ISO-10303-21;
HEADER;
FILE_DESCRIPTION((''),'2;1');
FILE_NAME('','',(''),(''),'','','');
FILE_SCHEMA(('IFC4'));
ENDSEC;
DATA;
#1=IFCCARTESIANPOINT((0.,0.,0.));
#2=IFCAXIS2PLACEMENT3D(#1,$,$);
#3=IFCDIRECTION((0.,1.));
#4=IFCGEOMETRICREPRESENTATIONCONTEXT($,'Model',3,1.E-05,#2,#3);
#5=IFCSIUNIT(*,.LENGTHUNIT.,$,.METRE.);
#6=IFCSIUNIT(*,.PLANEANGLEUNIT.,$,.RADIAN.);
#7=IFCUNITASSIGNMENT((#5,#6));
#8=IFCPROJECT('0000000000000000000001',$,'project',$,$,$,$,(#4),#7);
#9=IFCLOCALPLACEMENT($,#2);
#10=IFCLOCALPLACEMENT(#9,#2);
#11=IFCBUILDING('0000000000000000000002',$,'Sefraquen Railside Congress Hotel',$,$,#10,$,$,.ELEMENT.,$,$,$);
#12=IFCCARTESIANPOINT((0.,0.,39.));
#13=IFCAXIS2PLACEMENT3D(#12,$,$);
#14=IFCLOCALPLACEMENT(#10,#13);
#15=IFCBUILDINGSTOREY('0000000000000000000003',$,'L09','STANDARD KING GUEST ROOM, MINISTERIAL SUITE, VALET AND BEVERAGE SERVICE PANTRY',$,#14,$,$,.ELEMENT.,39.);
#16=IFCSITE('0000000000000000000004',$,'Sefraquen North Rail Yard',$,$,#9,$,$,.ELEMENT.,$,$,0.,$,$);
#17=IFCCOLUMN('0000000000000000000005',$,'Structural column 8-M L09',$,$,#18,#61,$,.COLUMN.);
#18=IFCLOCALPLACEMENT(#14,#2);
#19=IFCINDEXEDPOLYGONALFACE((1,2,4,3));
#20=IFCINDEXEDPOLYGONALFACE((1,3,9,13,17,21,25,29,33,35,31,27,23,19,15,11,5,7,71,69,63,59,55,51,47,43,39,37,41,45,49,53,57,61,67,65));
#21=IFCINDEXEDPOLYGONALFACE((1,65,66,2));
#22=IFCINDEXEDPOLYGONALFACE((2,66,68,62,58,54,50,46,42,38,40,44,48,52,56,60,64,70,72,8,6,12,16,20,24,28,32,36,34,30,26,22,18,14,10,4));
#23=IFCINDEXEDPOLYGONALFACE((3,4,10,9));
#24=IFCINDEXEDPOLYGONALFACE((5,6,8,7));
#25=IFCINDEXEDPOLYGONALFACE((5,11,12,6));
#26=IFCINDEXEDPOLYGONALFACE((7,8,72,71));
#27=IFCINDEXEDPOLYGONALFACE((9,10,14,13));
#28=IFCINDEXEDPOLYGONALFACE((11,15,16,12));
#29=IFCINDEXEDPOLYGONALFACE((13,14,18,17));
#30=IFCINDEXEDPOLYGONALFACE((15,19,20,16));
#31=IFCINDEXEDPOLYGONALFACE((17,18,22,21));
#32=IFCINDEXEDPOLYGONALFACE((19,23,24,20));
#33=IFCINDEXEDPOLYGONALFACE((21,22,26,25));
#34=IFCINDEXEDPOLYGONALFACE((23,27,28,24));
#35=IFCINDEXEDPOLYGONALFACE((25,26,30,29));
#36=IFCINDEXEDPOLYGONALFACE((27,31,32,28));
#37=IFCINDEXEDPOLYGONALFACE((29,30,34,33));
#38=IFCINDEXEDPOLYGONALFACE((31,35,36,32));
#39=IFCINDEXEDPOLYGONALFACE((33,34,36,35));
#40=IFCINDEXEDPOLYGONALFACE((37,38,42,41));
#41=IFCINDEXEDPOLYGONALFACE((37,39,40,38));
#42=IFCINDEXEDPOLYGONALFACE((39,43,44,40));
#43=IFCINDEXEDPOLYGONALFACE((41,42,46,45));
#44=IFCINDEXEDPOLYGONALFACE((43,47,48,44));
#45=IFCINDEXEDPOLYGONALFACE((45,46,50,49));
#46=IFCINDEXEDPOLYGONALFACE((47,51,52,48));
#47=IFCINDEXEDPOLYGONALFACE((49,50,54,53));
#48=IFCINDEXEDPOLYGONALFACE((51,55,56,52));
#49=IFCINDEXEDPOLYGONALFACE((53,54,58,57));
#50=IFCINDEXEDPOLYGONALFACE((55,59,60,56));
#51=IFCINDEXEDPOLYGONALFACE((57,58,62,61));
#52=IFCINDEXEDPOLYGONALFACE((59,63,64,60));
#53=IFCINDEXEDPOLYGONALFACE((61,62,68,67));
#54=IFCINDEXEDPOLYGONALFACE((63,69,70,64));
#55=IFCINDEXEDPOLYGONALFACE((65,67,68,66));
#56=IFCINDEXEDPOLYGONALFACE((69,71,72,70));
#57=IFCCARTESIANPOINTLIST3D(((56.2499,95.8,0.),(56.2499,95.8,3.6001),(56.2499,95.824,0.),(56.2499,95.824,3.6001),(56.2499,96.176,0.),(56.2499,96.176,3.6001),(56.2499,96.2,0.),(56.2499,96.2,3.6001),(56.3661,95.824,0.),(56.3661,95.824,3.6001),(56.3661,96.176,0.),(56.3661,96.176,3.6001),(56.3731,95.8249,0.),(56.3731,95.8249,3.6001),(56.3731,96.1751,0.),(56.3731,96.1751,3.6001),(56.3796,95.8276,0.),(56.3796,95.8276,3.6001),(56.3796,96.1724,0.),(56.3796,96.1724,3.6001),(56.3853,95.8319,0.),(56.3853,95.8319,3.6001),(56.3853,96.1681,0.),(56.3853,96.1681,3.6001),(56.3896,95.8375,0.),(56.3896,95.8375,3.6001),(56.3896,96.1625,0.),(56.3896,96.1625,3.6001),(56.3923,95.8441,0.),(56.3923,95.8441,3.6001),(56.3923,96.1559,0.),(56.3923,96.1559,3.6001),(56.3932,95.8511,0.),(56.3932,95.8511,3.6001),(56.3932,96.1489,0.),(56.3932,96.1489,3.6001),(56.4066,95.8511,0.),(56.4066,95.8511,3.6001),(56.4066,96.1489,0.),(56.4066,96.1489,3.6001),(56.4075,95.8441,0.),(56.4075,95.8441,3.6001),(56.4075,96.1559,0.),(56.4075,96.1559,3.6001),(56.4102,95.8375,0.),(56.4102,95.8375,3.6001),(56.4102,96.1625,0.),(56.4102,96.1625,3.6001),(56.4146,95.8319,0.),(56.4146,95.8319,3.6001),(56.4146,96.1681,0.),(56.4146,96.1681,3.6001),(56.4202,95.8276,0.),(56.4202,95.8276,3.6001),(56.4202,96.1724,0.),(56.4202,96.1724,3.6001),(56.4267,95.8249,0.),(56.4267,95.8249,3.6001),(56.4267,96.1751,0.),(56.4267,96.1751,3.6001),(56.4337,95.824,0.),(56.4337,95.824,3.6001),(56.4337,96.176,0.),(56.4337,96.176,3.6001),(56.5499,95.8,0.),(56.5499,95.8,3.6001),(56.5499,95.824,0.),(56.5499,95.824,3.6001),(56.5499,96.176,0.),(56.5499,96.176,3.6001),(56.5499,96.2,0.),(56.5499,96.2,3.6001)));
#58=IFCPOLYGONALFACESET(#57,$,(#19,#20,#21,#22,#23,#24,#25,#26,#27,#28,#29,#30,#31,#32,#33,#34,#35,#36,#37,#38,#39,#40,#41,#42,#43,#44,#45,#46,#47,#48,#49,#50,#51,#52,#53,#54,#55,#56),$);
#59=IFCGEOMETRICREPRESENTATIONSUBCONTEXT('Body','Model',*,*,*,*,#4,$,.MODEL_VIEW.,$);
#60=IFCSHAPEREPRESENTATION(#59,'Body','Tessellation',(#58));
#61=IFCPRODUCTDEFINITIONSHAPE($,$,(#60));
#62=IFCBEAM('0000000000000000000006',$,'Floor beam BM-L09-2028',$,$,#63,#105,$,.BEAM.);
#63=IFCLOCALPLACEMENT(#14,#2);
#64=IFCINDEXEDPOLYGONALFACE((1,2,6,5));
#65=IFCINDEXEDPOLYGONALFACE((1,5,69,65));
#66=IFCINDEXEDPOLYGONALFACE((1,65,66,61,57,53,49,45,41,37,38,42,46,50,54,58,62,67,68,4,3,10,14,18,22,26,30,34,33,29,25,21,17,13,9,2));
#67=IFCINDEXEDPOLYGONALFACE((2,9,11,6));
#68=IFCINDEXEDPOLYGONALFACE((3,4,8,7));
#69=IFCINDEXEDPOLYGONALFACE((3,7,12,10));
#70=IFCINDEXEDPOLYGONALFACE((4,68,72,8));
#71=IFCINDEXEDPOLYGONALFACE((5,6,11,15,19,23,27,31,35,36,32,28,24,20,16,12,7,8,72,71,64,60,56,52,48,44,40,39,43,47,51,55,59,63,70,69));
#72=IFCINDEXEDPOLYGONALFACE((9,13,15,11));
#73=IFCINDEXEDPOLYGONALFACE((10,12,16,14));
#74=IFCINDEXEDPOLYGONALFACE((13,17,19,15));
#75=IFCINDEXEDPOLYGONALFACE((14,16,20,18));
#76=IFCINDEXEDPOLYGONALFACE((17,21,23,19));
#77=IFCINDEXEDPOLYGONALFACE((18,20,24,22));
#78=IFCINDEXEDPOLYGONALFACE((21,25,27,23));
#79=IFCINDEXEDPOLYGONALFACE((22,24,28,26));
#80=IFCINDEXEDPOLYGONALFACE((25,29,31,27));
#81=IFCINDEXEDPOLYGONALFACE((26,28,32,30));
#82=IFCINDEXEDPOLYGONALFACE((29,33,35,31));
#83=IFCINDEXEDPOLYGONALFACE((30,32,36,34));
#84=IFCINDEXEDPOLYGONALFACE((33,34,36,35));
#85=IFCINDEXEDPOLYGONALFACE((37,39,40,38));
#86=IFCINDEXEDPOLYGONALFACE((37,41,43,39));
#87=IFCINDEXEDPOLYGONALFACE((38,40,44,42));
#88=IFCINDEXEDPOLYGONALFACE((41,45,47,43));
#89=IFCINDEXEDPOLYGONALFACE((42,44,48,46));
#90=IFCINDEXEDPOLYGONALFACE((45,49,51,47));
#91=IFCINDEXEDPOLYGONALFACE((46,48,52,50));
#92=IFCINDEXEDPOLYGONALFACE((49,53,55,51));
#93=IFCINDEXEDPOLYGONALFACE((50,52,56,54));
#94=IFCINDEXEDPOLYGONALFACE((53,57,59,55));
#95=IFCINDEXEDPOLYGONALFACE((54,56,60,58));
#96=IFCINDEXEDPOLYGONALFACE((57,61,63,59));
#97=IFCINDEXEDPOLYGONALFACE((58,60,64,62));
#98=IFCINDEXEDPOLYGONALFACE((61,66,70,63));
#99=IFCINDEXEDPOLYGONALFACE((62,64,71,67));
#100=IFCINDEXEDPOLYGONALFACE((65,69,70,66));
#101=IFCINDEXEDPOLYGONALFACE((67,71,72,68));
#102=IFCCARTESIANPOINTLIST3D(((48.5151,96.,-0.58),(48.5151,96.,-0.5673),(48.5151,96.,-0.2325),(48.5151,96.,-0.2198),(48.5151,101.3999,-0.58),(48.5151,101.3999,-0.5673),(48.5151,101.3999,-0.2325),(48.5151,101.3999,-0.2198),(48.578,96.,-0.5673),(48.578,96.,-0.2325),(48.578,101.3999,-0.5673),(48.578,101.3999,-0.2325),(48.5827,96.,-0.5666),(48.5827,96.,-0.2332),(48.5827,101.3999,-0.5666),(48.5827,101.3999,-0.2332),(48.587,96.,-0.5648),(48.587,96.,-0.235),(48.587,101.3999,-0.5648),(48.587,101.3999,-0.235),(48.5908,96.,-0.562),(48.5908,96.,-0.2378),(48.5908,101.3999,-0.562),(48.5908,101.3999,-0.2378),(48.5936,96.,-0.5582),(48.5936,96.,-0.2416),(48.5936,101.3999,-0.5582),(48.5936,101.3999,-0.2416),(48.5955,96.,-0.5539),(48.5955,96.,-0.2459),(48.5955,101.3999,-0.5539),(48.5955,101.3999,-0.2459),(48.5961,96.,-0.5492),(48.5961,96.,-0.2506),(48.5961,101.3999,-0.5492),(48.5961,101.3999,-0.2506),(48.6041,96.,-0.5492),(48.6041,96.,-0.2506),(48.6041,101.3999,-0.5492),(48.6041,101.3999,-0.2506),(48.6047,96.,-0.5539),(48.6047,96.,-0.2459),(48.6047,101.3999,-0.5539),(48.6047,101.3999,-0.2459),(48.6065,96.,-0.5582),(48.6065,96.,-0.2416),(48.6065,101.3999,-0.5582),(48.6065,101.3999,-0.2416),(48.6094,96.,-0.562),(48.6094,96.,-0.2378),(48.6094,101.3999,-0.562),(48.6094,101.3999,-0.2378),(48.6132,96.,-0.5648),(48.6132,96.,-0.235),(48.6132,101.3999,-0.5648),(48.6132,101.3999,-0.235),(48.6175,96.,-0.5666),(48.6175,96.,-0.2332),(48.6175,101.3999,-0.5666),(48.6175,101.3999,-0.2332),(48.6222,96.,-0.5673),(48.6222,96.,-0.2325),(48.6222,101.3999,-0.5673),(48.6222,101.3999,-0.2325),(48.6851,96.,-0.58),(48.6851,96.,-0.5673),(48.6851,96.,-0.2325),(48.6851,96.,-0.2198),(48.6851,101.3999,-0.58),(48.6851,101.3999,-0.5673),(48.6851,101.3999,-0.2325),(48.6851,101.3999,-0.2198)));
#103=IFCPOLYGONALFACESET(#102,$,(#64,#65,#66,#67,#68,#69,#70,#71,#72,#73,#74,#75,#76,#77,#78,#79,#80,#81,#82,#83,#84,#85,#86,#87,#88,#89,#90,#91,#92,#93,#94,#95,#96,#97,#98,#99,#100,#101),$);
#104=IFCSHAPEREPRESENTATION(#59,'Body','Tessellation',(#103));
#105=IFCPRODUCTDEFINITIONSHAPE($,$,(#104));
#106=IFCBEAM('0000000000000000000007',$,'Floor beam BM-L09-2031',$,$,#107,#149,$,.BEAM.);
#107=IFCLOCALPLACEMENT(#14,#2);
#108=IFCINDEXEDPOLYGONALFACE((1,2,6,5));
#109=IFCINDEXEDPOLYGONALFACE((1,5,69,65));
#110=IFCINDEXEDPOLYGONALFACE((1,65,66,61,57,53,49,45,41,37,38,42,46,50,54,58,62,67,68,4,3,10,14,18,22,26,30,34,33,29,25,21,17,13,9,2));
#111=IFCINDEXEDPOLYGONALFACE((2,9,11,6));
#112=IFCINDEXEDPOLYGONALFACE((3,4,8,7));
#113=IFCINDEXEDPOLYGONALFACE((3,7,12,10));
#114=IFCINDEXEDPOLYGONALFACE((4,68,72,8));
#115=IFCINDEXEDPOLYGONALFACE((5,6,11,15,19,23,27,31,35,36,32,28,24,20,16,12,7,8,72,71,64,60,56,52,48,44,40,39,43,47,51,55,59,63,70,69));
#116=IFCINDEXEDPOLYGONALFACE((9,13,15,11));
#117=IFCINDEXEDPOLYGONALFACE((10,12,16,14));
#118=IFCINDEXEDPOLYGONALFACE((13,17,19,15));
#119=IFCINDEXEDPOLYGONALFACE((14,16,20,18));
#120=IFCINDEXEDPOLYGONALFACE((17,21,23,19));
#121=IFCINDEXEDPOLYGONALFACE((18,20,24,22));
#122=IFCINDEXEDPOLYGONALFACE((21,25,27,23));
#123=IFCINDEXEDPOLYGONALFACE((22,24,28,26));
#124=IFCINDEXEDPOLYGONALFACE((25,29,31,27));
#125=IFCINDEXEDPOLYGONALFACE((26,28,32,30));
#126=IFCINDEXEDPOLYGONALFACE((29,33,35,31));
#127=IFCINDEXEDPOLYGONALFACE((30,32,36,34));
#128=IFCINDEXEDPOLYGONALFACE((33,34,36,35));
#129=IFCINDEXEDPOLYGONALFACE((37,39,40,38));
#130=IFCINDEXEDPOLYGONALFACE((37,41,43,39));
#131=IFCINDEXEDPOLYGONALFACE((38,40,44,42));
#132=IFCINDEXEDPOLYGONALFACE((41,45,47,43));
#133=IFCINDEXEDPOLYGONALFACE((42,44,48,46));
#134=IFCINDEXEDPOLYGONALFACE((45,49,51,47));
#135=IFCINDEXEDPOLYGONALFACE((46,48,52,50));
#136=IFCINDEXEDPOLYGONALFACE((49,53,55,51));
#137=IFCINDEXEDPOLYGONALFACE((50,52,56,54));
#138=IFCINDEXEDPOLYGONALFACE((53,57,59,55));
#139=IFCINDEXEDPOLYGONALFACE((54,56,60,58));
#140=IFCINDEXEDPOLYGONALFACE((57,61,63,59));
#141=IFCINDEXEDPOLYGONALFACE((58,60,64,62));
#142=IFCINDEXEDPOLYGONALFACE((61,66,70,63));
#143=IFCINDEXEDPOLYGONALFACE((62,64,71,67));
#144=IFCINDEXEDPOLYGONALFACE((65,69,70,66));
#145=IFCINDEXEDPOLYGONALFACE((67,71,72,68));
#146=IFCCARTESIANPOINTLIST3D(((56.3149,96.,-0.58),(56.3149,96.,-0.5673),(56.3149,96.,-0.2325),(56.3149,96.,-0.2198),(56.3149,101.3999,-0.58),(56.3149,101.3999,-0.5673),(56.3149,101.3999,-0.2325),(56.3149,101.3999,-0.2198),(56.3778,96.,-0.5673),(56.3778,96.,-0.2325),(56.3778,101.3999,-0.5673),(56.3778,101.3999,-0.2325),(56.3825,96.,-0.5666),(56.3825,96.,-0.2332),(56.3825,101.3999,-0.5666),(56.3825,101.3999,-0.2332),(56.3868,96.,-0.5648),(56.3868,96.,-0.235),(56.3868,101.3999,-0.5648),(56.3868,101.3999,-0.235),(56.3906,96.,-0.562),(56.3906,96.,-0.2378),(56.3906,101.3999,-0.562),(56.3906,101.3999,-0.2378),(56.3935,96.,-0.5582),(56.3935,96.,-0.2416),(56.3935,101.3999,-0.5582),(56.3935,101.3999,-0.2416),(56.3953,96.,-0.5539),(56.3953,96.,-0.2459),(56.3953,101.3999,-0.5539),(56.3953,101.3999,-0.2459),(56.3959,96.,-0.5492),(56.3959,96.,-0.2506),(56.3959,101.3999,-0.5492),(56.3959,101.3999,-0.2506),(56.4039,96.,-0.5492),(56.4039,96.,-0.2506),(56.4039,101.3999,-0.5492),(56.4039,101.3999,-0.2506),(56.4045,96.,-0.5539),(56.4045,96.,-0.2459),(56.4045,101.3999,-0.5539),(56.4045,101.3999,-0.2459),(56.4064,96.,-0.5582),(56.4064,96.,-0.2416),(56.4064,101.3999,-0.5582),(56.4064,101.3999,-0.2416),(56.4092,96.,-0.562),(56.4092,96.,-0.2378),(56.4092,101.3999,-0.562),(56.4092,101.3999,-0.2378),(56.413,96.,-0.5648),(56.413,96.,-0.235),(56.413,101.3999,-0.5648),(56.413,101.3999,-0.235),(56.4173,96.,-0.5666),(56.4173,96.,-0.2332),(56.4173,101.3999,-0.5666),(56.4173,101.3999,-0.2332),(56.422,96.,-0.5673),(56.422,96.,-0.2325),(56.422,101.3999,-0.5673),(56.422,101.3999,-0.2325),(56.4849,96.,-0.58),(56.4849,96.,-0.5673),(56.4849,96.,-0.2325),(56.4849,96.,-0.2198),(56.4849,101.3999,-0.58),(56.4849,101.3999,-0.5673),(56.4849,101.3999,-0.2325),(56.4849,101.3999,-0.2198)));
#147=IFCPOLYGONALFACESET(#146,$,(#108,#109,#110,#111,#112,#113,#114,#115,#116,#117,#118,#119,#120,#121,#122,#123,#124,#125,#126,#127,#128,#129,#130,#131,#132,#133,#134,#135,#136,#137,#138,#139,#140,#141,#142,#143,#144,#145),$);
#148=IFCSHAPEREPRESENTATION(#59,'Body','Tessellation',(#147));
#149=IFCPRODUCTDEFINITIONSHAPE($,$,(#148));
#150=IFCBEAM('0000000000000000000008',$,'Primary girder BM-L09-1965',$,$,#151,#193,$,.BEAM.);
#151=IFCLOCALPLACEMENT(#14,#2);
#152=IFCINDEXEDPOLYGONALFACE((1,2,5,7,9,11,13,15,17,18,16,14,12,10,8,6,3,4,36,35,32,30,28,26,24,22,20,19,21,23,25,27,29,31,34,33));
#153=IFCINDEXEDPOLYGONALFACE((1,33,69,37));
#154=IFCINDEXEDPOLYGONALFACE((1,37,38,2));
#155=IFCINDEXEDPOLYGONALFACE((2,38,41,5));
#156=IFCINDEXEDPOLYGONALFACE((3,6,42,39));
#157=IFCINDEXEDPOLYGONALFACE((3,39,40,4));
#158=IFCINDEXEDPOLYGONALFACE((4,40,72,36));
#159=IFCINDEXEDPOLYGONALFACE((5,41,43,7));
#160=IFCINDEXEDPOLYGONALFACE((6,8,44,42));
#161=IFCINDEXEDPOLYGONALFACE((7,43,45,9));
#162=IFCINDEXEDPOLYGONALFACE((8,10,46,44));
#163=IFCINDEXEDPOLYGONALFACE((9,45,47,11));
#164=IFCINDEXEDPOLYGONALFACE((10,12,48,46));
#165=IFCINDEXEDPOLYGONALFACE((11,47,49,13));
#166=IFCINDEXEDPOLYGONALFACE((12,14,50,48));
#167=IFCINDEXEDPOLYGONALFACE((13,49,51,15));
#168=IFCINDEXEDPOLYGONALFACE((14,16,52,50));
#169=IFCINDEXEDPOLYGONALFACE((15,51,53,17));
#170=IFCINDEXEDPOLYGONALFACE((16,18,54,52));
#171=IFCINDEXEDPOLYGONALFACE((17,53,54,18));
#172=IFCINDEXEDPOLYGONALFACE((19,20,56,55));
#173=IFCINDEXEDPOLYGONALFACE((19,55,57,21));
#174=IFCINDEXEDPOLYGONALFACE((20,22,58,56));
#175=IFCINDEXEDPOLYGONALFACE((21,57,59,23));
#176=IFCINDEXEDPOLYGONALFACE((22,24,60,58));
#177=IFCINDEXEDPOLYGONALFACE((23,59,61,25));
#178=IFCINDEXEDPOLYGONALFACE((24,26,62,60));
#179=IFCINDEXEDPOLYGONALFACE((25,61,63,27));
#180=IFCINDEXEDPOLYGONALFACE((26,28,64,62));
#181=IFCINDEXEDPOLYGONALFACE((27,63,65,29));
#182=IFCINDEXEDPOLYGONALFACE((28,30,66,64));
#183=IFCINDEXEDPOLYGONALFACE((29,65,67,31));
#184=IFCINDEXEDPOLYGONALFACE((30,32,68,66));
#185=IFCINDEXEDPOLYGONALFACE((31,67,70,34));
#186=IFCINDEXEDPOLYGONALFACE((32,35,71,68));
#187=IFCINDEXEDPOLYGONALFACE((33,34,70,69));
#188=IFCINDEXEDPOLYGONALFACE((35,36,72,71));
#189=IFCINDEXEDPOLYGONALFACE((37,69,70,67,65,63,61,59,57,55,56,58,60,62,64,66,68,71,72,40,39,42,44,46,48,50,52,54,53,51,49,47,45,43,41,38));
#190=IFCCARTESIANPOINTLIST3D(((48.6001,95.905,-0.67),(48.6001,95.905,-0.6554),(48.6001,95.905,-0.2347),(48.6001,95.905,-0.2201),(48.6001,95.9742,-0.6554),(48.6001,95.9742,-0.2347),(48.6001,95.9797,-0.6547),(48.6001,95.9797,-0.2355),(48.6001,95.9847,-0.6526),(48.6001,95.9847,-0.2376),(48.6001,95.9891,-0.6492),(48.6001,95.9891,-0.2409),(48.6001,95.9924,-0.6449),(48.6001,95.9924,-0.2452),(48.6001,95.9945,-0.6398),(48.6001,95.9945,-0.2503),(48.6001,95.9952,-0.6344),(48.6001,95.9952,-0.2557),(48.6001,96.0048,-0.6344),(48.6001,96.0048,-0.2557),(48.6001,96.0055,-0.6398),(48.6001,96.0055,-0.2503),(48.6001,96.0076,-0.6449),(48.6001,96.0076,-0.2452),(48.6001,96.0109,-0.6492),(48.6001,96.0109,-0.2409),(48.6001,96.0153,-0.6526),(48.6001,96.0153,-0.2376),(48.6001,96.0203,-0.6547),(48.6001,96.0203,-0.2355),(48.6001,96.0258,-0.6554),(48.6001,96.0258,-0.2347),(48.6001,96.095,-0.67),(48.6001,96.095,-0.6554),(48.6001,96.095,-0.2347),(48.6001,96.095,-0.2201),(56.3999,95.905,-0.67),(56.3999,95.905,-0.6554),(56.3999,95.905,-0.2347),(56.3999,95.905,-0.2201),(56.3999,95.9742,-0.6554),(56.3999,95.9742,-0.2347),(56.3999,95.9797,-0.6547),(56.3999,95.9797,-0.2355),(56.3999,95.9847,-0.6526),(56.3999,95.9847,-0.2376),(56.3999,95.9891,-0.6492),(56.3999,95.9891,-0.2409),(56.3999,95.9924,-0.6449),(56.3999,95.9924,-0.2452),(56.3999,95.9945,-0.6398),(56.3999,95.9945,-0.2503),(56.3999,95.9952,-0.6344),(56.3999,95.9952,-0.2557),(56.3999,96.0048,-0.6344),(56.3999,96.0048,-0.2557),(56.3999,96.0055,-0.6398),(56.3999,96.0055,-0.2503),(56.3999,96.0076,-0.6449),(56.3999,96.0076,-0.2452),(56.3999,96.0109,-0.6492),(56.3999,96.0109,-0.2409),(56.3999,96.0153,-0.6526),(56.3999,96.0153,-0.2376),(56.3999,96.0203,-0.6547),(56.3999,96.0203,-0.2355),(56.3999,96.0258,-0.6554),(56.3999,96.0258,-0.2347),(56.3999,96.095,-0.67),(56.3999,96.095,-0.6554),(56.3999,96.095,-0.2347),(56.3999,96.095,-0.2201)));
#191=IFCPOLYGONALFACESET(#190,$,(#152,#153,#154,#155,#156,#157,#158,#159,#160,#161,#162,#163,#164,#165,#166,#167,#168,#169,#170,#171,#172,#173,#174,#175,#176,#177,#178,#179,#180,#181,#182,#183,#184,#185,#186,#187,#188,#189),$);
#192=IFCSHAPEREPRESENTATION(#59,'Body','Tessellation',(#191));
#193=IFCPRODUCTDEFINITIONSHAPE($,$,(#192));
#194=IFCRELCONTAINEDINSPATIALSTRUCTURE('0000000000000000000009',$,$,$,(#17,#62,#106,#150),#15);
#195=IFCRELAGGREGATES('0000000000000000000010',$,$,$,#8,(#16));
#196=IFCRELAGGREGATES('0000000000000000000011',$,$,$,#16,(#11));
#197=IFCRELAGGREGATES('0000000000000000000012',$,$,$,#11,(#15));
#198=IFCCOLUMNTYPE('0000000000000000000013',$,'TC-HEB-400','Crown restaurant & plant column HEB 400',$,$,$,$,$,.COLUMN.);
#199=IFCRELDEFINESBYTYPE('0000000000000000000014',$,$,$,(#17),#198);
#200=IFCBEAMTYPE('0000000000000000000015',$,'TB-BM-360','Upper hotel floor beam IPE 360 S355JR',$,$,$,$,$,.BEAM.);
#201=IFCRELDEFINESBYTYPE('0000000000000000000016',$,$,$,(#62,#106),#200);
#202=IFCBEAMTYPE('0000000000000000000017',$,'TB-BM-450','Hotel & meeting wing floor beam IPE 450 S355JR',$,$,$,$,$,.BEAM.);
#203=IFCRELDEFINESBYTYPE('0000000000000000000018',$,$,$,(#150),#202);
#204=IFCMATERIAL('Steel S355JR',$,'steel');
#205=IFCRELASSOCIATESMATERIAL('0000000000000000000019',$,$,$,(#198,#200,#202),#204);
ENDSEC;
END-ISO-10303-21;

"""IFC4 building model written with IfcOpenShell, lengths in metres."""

from ifc_helpers import new_model, si_unit, direction, frame, origin, origin_2d, place, context, subcontext, project, spatial, i_section, extrude, material, material_profile, profile_set, type_object, element, save


model = new_model("IFC4")

# Units and contexts
model_context = context("Model", 3, precision=1e-05, world=origin(), true_north=direction((0.0, 1.0)))
body_context = subcontext(model_context, "Body", "Model", "MODEL_VIEW")
ifc_project = project(units=[si_unit("LENGTHUNIT", "METRE"), si_unit("PLANEANGLEUNIT", "RADIAN")], contexts=[model_context])

# Site, building, storey
site_placement = place(None, origin())
site = spatial("IfcSite", under=ifc_project, at=site_placement, Name="Sefraquen North Rail Yard", CompositionType="ELEMENT", RefElevation=0.0)
building_placement = place(site_placement, origin())
building = spatial("IfcBuilding", under=site, at=building_placement, Name="Sefraquen Railside Congress Hotel", CompositionType="ELEMENT")
storey_placement = place(building_placement, frame((0.0, 0.0, 39.0)))
storey = spatial("IfcBuildingStorey", under=building, at=storey_placement, Name="L09", Description="STANDARD KING GUEST ROOM, MINISTERIAL SUITE, VALET AND BEVERAGE SERVICE PANTRY", CompositionType="ELEMENT", Elevation=39.0)

# Column
ifc_material_1 = material(Name="Steel S355JR", Category="steel")
ifc_material_profile_1 = material_profile(ifc_material_1, i_section(OverallWidth=0.3, OverallDepth=0.3999, WebThickness=0.0134, FlangeThickness=0.0239, FilletRadius=0.0271, at=origin_2d()), Name="HEB 400")
ifc_profile_set_1 = profile_set([ifc_material_profile_1], Name="Steel S355JR")
column_type_1 = type_object("IfcColumnType", Name="TC-HEB-400", Description="Crown restaurant & plant column HEB 400", PredefinedType="COLUMN", material=ifc_profile_set_1)
for number, where, z_axis, x_axis, name in (
    (1, (56.3999, 96.0, 0.0), (0.0, 0.0, 1.0), (1.0, 0.0, 0.0), "Structural column 8-M L09"),
):
    element("IfcColumn", number, at=place(storey_placement, frame(where, z_axis=z_axis, x_axis=x_axis)), inside=storey, type_object=column_type_1, Name=name, PredefinedType="COLUMN", context=body_context, shape_type="SweptSolid", body=[
        extrude(i_section(OverallWidth=0.3, OverallDepth=0.3999, WebThickness=0.0134, FlangeThickness=0.0239, FilletRadius=0.0271, at=origin_2d()), origin(), (0.0, 0.0, 1.0), 3.6001),
    ])

# Beams
ifc_material_profile_2 = material_profile(ifc_material_1, i_section(OverallWidth=0.1699, OverallDepth=0.3601, WebThickness=0.0081, FlangeThickness=0.0127, FilletRadius=0.0181, at=origin_2d()), Name="IPE 360")
ifc_profile_set_2 = profile_set([ifc_material_profile_2], Name="Steel S355JR")
beam_type_1 = type_object("IfcBeamType", Name="TB-BM-360", Description="Upper hotel floor beam IPE 360 S355JR", PredefinedType="BEAM", material=ifc_profile_set_2)
for number, where, z_axis, x_axis, name in (
    (2, (48.6001, 96.0, -0.3999), (0.0, 1.0, 0.0), (-1.0, 0.0, 0.0), "Floor beam BM-L09-2028"),
    (3, (56.3999, 96.0, -0.3999), (0.0, 1.0, 0.0), (-1.0, 0.0, 0.0), "Floor beam BM-L09-2031"),
):
    element("IfcBeam", number, at=place(storey_placement, frame(where, z_axis=z_axis, x_axis=x_axis)), inside=storey, type_object=beam_type_1, Name=name, PredefinedType="BEAM", context=body_context, shape_type="SweptSolid", body=[
        extrude(i_section(OverallWidth=0.1699, OverallDepth=0.3601, WebThickness=0.0081, FlangeThickness=0.0127, FilletRadius=0.0181, at=origin_2d()), origin(), (0.0, 0.0, 1.0), 5.3999),
    ])
ifc_material_profile_3 = material_profile(ifc_material_1, i_section(OverallWidth=0.1899, OverallDepth=0.45, WebThickness=0.0095, FlangeThickness=0.0146, FilletRadius=0.021, at=origin_2d()), Name="IPE 450")
ifc_profile_set_3 = profile_set([ifc_material_profile_3], Name="Steel S355JR")
beam_type_2 = type_object("IfcBeamType", Name="TB-BM-450", Description="Hotel & meeting wing floor beam IPE 450 S355JR", PredefinedType="BEAM", material=ifc_profile_set_3)
beam_1_placement = place(storey_placement, frame((48.6001, 96.0, -0.4451), z_axis=(1.0, 0.0, 0.0), x_axis=(0.0, 1.0, 0.0)))
element("IfcBeam", 4, at=beam_1_placement, inside=storey, type_object=beam_type_2, Name="Primary girder BM-L09-1965", PredefinedType="BEAM", context=body_context, shape_type="SweptSolid", body=[
    extrude(i_section(OverallWidth=0.1899, OverallDepth=0.45, WebThickness=0.0095, FlangeThickness=0.0146, FilletRadius=0.021, at=origin_2d()), origin(), (0.0, 0.0, 1.0), 7.7998),
])

save(model, "model.ifc")
